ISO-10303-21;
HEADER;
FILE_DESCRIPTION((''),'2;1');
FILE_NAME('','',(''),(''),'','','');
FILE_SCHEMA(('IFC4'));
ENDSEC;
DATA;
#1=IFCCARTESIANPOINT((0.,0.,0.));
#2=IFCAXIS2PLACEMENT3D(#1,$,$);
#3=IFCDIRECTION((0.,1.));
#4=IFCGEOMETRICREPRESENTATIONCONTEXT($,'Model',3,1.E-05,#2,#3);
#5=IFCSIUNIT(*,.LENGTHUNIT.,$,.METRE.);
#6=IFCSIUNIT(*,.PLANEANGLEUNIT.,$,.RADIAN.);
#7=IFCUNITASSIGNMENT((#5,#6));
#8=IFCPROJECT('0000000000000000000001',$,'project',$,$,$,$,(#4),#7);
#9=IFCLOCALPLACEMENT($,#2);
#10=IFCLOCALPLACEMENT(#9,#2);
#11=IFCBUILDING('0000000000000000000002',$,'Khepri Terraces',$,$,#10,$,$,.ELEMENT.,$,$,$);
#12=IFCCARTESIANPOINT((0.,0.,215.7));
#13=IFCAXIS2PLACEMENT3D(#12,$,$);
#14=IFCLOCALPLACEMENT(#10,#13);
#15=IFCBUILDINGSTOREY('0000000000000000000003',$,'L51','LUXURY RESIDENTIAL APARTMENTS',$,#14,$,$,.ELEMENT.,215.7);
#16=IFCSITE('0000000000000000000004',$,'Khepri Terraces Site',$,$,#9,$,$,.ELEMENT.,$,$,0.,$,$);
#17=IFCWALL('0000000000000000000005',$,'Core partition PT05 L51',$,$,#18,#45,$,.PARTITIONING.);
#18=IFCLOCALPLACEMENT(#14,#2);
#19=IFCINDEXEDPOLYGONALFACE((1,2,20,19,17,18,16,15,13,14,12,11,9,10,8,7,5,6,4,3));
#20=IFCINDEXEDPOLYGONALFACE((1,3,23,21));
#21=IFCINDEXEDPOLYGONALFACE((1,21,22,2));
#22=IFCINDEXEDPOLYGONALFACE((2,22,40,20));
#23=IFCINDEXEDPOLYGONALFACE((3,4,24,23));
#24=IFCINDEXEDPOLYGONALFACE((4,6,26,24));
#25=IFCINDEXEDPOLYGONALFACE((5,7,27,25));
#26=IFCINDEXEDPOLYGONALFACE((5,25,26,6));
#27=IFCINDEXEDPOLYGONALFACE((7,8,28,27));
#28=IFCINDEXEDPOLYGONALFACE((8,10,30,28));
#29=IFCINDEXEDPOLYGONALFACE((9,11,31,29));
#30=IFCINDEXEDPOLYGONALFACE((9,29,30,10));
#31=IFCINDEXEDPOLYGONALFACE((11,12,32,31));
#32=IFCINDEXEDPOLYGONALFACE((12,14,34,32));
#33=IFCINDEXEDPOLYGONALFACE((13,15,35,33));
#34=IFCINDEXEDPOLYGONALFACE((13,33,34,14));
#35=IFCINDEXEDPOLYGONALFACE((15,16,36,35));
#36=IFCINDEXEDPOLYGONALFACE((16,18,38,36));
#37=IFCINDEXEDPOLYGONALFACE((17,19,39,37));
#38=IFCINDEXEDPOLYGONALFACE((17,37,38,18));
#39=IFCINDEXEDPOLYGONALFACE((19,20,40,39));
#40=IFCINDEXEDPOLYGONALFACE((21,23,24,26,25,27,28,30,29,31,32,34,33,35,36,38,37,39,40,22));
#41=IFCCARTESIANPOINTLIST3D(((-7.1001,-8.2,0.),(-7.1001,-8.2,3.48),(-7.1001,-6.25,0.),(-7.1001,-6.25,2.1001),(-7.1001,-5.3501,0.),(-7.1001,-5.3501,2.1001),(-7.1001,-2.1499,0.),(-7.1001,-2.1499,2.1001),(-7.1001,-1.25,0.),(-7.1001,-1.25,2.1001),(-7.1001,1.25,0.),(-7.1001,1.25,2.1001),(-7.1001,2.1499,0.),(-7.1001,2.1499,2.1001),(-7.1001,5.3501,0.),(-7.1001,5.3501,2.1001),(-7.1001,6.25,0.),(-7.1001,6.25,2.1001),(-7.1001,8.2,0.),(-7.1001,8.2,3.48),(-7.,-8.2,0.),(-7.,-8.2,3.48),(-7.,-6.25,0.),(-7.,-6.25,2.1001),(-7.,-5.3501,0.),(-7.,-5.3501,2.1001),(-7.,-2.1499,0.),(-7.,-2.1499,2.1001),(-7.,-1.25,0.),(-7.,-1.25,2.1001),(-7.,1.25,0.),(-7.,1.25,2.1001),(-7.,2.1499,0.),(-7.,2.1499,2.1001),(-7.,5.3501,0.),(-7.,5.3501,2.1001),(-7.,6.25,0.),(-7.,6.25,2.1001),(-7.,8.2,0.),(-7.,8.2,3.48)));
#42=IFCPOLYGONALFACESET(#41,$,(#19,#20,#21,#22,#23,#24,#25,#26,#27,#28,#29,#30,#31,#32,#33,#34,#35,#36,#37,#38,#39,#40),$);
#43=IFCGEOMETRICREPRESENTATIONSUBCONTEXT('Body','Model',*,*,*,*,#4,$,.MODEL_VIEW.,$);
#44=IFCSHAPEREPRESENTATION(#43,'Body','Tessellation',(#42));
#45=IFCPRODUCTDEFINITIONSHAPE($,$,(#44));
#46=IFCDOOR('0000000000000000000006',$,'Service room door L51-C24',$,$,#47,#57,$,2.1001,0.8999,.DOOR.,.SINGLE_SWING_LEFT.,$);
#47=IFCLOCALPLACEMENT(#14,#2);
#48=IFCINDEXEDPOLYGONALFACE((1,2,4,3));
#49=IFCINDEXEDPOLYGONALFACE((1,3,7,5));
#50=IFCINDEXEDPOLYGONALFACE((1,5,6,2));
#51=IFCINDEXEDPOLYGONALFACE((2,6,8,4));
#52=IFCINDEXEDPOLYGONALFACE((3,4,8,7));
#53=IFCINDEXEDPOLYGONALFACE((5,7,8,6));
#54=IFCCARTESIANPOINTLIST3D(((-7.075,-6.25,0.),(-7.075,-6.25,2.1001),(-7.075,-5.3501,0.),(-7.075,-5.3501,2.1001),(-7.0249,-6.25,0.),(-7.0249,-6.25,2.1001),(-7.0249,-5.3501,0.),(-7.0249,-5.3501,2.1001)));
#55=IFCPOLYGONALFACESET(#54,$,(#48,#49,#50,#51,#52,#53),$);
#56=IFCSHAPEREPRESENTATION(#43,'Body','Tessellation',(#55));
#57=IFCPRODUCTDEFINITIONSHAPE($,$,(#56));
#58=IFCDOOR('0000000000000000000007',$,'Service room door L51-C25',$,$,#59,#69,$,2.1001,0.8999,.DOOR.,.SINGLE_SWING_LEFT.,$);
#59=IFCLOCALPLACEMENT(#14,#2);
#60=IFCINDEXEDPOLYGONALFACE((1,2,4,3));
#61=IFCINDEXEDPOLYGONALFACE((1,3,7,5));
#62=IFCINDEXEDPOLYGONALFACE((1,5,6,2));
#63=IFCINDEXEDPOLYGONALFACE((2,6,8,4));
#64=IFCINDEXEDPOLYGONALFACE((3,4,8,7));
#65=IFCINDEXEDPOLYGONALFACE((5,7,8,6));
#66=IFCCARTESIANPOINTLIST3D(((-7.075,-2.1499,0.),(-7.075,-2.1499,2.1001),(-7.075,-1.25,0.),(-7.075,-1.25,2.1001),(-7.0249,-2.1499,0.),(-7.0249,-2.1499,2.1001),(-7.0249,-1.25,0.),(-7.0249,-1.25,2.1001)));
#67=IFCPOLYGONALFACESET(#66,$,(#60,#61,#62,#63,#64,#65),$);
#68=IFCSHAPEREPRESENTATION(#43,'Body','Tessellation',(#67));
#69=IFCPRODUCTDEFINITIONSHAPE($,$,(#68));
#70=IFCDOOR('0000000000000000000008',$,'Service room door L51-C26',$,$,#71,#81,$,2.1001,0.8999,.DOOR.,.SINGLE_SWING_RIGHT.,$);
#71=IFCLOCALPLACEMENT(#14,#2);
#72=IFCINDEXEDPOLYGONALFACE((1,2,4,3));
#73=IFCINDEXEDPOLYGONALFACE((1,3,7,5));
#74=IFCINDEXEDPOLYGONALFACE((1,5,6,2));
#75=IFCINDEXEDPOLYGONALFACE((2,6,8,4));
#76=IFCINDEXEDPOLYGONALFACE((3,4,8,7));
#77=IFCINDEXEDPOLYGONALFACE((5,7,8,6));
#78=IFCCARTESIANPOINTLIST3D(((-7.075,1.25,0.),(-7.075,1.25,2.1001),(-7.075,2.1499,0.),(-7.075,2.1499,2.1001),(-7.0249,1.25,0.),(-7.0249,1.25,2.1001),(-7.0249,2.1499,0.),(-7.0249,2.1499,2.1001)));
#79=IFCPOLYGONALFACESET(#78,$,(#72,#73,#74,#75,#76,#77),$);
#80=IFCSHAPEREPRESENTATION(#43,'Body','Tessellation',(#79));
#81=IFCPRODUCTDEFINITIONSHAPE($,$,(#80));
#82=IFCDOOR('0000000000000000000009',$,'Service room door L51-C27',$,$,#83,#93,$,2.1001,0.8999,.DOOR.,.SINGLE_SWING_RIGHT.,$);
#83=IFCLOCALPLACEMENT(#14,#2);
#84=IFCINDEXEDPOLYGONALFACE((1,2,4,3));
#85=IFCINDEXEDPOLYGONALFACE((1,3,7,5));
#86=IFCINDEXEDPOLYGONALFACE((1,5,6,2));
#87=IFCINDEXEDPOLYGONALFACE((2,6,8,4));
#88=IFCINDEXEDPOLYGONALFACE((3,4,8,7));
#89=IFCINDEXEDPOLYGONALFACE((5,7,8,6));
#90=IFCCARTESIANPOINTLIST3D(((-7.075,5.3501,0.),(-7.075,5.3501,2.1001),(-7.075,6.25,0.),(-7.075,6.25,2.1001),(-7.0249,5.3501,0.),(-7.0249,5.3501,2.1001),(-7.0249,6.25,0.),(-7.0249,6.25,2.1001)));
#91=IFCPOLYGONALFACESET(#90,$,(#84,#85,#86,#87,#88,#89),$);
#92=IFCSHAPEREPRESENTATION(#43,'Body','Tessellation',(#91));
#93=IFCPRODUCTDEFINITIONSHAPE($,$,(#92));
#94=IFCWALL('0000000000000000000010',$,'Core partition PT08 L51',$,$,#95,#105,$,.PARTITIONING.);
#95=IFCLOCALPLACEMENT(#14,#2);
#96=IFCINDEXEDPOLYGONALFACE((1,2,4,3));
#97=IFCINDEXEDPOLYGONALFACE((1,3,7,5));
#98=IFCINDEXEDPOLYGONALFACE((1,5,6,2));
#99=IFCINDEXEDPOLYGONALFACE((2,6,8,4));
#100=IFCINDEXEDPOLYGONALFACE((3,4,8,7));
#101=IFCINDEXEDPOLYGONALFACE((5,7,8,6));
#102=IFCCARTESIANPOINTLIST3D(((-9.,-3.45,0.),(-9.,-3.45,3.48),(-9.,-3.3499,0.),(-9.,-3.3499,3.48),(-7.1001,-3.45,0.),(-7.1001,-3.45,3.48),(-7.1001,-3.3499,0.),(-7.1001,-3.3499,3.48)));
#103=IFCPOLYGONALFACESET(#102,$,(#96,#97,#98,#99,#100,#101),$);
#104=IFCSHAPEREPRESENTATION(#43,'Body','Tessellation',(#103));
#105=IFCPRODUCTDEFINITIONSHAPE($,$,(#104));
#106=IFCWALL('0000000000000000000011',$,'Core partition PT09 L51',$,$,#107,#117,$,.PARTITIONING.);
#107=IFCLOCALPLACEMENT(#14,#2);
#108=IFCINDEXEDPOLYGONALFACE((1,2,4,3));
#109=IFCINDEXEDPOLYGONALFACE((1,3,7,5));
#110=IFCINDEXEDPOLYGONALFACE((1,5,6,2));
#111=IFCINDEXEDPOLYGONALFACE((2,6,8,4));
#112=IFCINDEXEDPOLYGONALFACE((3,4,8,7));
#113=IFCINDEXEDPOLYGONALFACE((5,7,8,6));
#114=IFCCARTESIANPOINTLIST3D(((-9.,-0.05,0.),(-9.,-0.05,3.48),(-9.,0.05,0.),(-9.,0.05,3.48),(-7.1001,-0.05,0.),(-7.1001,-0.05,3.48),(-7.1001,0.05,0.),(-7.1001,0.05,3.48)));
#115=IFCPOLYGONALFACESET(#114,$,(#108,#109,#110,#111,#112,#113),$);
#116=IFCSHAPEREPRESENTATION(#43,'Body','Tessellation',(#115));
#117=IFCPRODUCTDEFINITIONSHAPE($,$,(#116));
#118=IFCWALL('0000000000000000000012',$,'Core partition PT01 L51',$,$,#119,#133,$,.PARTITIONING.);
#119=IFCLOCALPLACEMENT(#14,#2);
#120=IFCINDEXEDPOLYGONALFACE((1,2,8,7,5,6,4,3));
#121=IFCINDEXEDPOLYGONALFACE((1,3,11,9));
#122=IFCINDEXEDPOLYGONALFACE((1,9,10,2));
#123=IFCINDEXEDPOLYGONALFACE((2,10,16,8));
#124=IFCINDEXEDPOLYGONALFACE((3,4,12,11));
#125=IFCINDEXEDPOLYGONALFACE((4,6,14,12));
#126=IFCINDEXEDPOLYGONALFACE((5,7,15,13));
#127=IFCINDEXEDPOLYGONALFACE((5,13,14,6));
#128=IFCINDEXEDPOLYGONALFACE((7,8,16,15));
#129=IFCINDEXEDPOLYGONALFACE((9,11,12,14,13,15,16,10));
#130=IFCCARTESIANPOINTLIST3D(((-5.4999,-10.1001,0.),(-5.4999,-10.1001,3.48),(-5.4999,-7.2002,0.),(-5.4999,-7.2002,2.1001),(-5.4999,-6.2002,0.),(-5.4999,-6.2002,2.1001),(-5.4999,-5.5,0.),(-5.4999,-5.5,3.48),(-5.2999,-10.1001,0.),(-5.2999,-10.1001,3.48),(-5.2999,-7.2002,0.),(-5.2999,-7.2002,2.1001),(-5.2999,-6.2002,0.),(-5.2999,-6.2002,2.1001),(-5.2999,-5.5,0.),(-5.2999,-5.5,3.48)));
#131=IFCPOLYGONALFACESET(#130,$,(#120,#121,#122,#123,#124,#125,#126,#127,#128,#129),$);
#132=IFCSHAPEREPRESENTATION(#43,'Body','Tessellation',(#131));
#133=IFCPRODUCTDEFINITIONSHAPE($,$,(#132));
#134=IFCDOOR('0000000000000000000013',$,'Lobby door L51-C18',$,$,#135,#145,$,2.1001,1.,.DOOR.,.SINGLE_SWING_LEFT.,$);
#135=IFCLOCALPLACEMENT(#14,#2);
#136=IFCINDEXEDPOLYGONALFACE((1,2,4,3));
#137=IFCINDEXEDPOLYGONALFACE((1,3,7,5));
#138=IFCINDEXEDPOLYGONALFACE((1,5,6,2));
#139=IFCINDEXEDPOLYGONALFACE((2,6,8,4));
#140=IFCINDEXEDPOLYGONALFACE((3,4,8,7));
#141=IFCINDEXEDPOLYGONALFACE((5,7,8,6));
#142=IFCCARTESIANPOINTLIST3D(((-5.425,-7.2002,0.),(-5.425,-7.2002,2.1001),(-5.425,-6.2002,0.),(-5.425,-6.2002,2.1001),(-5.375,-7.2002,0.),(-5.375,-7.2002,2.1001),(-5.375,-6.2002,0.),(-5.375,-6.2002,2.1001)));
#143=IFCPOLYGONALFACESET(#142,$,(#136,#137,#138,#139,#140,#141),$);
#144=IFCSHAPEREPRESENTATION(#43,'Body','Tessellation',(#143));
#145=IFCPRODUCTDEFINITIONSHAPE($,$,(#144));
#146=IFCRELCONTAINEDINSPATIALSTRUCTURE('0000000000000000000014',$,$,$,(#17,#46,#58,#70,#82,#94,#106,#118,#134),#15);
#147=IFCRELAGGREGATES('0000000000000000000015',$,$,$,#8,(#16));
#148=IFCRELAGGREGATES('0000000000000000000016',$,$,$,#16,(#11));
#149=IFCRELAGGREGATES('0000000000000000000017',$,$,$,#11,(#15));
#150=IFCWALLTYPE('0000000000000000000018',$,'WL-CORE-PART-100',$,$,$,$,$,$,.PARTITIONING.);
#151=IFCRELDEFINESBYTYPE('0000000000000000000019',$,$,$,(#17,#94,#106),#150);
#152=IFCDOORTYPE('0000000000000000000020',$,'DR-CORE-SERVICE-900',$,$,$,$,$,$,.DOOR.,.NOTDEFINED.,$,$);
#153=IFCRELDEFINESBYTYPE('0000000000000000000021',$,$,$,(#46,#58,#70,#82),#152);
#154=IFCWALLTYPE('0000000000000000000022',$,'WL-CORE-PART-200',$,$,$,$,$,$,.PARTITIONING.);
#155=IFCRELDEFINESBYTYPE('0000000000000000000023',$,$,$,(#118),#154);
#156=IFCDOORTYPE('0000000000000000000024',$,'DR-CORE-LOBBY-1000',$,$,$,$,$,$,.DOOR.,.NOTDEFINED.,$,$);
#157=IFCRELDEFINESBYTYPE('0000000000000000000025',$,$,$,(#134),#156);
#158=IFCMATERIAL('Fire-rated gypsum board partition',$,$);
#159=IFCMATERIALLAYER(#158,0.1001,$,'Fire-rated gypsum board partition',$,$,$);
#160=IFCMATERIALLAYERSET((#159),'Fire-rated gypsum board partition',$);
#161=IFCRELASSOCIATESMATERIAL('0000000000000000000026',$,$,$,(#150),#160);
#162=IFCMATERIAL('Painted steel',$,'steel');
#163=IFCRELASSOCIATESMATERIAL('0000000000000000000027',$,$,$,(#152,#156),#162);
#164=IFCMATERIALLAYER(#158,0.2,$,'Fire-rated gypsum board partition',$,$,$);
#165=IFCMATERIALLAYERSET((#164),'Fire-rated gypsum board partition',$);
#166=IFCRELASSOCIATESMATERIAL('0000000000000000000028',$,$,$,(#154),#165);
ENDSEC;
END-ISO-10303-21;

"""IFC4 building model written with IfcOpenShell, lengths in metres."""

from ifc_helpers import new_model, si_unit, direction, frame, frame_2d, origin, place, context, subcontext, project, spatial, rectangle, extrude, material, layer, layer_set, type_object, element, fill, save


model = new_model("IFC4")

# Units and contexts
model_context = context("Model", 3, precision=1e-05, world=origin(), true_north=direction((0.0, 1.0)))
body_context = subcontext(model_context, "Body", "Model", "MODEL_VIEW")
ifc_project = project(units=[si_unit("LENGTHUNIT", "METRE"), si_unit("PLANEANGLEUNIT", "RADIAN")], contexts=[model_context])

# Site, building, storey
site_placement = place(None, origin())
site = spatial("IfcSite", under=ifc_project, at=site_placement, Name="Khepri Terraces Site", CompositionType="ELEMENT", RefElevation=0.0)
building_placement = place(site_placement, origin())
building = spatial("IfcBuilding", under=site, at=building_placement, Name="Khepri Terraces", CompositionType="ELEMENT")
storey_placement = place(building_placement, frame((0.0, 0.0, 215.7)))
storey = spatial("IfcBuildingStorey", under=building, at=storey_placement, Name="L51", Description="LUXURY RESIDENTIAL APARTMENTS", CompositionType="ELEMENT", Elevation=215.7)

# Shared definitions
ifc_material_1 = material(Name="Painted steel", Category="steel")

# Wall, openings, doors
ifc_material_2 = material(Name="Fire-rated gypsum board partition")
ifc_layer_1 = layer(ifc_material_2, 0.1001, Name="Fire-rated gypsum board partition")
ifc_layer_set_1 = layer_set([ifc_layer_1], Name="Fire-rated gypsum board partition")
wall_type_1 = type_object("IfcWallType", Name="WL-CORE-PART-100", PredefinedType="PARTITIONING", material=ifc_layer_set_1)
wall_1_placement = place(storey_placement, frame((-7.05, -8.2, 0.0), z_axis=(0.0, 0.0, 1.0), x_axis=(0.0, 1.0, 0.0)))
wall_1 = element("IfcWall", 1, at=wall_1_placement, inside=storey, type_object=wall_type_1, Name="Core partition PT05 L51", PredefinedType="PARTITIONING", context=body_context, shape_type="SweptSolid", body=[
    extrude(rectangle(XDim=16.3999, YDim=0.1001, at=frame_2d((8.2, 0.0))), origin(), (0.0, 0.0, 1.0), 3.48),
])
opening_1_placement = place(wall_1_placement, frame((1.95, 0.0, 0.0)))
opening_1 = element("IfcOpeningElement", 2, at=opening_1_placement, cuts=wall_1, PredefinedType="OPENING", context=body_context, shape_type="SweptSolid", body=[
    extrude(rectangle(XDim=0.8999, YDim=2.1001, at=frame_2d((0.45, 1.05))), frame((0.0, 0.0601, 0.0), z_axis=(0.0, -1.0, 0.0), x_axis=(1.0, 0.0, 0.0)), (0.0, 0.0, 1.0), 0.1201),
])
opening_2_placement = place(wall_1_placement, frame((6.05, 0.0, 0.0)))
opening_2 = element("IfcOpeningElement", 3, at=opening_2_placement, cuts=wall_1, PredefinedType="OPENING", context=body_context, shape_type="SweptSolid", body=[
    extrude(rectangle(XDim=0.8999, YDim=2.1001, at=frame_2d((0.45, 1.05))), frame((0.0, 0.0601, 0.0), z_axis=(0.0, -1.0, 0.0), x_axis=(1.0, 0.0, 0.0)), (0.0, 0.0, 1.0), 0.1201),
])
opening_3_placement = place(wall_1_placement, frame((9.45, 0.0, 0.0)))
opening_3 = element("IfcOpeningElement", 4, at=opening_3_placement, cuts=wall_1, PredefinedType="OPENING", context=body_context, shape_type="SweptSolid", body=[
    extrude(rectangle(XDim=0.8999, YDim=2.1001, at=frame_2d((0.45, 1.05))), frame((0.0, 0.0601, 0.0), z_axis=(0.0, -1.0, 0.0), x_axis=(1.0, 0.0, 0.0)), (0.0, 0.0, 1.0), 0.1201),
])
opening_4_placement = place(wall_1_placement, frame((13.55, 0.0, 0.0)))
opening_4 = element("IfcOpeningElement", 5, at=opening_4_placement, cuts=wall_1, PredefinedType="OPENING", context=body_context, shape_type="SweptSolid", body=[
    extrude(rectangle(XDim=0.8999, YDim=2.1001, at=frame_2d((0.45, 1.05))), frame((0.0, 0.0601, 0.0), z_axis=(0.0, -1.0, 0.0), x_axis=(1.0, 0.0, 0.0)), (0.0, 0.0, 1.0), 0.1201),
])
door_type_1 = type_object("IfcDoorType", Name="DR-CORE-SERVICE-900", OperationType="NOTDEFINED", PredefinedType="DOOR", material=ifc_material_1)
door_1_placement = place(opening_1_placement, origin())
door_1 = element("IfcDoor", 6, at=door_1_placement, inside=storey, type_object=door_type_1, Name="Service room door L51-C24", OperationType="SINGLE_SWING_LEFT", OverallHeight=2.1001, OverallWidth=0.8999, PredefinedType="DOOR", context=body_context, shape_type="SweptSolid", body=[
    extrude(rectangle(XDim=0.8999, YDim=2.1001, at=frame_2d((0.45, 1.05))), frame((0.0, 0.0249, 0.0), z_axis=(0.0, -1.0, 0.0), x_axis=(1.0, 0.0, 0.0)), (0.0, 0.0, 1.0), 0.05),
])
fill(opening_1, door_1)
door_2_placement = place(opening_2_placement, origin())
door_2 = element("IfcDoor", 7, at=door_2_placement, inside=storey, type_object=door_type_1, Name="Service room door L51-C25", OperationType="SINGLE_SWING_LEFT", OverallHeight=2.1001, OverallWidth=0.8999, PredefinedType="DOOR", context=body_context, shape_type="SweptSolid", body=[
    extrude(rectangle(XDim=0.8999, YDim=2.1001, at=frame_2d((0.45, 1.05))), frame((0.0, 0.0249, 0.0), z_axis=(0.0, -1.0, 0.0), x_axis=(1.0, 0.0, 0.0)), (0.0, 0.0, 1.0), 0.05),
])
fill(opening_2, door_2)
door_3_placement = place(opening_3_placement, origin())
door_3 = element("IfcDoor", 8, at=door_3_placement, inside=storey, type_object=door_type_1, Name="Service room door L51-C26", OperationType="SINGLE_SWING_RIGHT", OverallHeight=2.1001, OverallWidth=0.8999, PredefinedType="DOOR", context=body_context, shape_type="SweptSolid", body=[
    extrude(rectangle(XDim=0.8999, YDim=2.1001, at=frame_2d((0.45, 1.05))), frame((0.0, 0.0249, 0.0), z_axis=(0.0, -1.0, 0.0), x_axis=(1.0, 0.0, 0.0)), (0.0, 0.0, 1.0), 0.05),
])
fill(opening_3, door_3)
door_4_placement = place(opening_4_placement, origin())
door_4 = element("IfcDoor", 9, at=door_4_placement, inside=storey, type_object=door_type_1, Name="Service room door L51-C27", OperationType="SINGLE_SWING_RIGHT", OverallHeight=2.1001, OverallWidth=0.8999, PredefinedType="DOOR", context=body_context, shape_type="SweptSolid", body=[
    extrude(rectangle(XDim=0.8999, YDim=2.1001, at=frame_2d((0.45, 1.05))), frame((0.0, 0.0249, 0.0), z_axis=(0.0, -1.0, 0.0), x_axis=(1.0, 0.0, 0.0)), (0.0, 0.0, 1.0), 0.05),
])
fill(opening_4, door_4)

# Walls
for number, where, z_axis, x_axis, name in (
    (10, (-9.0, -3.3999, 0.0), (0.0, 0.0, 1.0), (1.0, 0.0, 0.0), "Core partition PT08 L51"),
    (11, (-9.0, 0.0, 0.0), (0.0, 0.0, 1.0), (1.0, 0.0, 0.0), "Core partition PT09 L51"),
):
    element("IfcWall", number, at=place(storey_placement, frame(where, z_axis=z_axis, x_axis=x_axis)), inside=storey, type_object=wall_type_1, Name=name, PredefinedType="PARTITIONING", context=body_context, shape_type="SweptSolid", body=[
        extrude(rectangle(XDim=1.8999, YDim=0.1001, at=frame_2d((0.95, 0.0))), origin(), (0.0, 0.0, 1.0), 3.48),
    ])

# Wall, opening, door
ifc_layer_2 = layer(ifc_material_2, 0.2, Name="Fire-rated gypsum board partition")
ifc_layer_set_2 = layer_set([ifc_layer_2], Name="Fire-rated gypsum board partition")
wall_type_2 = type_object("IfcWallType", Name="WL-CORE-PART-200", PredefinedType="PARTITIONING", material=ifc_layer_set_2)
wall_2_placement = place(storey_placement, frame((-5.3999, -10.1001, 0.0), z_axis=(0.0, 0.0, 1.0), x_axis=(0.0, 1.0, 0.0)))
wall_2 = element("IfcWall", 12, at=wall_2_placement, inside=storey, type_object=wall_type_2, Name="Core partition PT01 L51", PredefinedType="PARTITIONING", context=body_context, shape_type="SweptSolid", body=[
    extrude(rectangle(XDim=4.6001, YDim=0.2, at=frame_2d((2.3, 0.0))), origin(), (0.0, 0.0, 1.0), 3.48),
])
opening_5_placement = place(wall_2_placement, frame((2.8999, 0.0, 0.0)))
opening_5 = element("IfcOpeningElement", 13, at=opening_5_placement, cuts=wall_2, PredefinedType="OPENING", context=body_context, shape_type="SweptSolid", body=[
    extrude(rectangle(XDim=1.0, YDim=2.1001, at=frame_2d((0.5, 1.05))), frame((0.0, 0.1099, 0.0), z_axis=(0.0, -1.0, 0.0), x_axis=(1.0, 0.0, 0.0)), (0.0, 0.0, 1.0), 0.22),
])
door_type_2 = type_object("IfcDoorType", Name="DR-CORE-LOBBY-1000", OperationType="NOTDEFINED", PredefinedType="DOOR", material=ifc_material_1)
door_5_placement = place(opening_5_placement, frame((1.0, 0.0, 0.0), z_axis=(0.0, 0.0, 1.0), x_axis=(-1.0, 0.0, 0.0)))
door_5 = element("IfcDoor", 14, at=door_5_placement, inside=storey, type_object=door_type_2, Name="Lobby door L51-C18", OperationType="SINGLE_SWING_LEFT", OverallHeight=2.1001, OverallWidth=1.0, PredefinedType="DOOR", context=body_context, shape_type="SweptSolid", body=[
    extrude(rectangle(XDim=1.0, YDim=2.1001, at=frame_2d((0.5, 1.05))), frame((0.0, 0.0249, 0.0), z_axis=(0.0, -1.0, 0.0), x_axis=(1.0, 0.0, 0.0)), (0.0, 0.0, 1.0), 0.05),
])
fill(opening_5, door_5)

save(model, "model.ifc")
